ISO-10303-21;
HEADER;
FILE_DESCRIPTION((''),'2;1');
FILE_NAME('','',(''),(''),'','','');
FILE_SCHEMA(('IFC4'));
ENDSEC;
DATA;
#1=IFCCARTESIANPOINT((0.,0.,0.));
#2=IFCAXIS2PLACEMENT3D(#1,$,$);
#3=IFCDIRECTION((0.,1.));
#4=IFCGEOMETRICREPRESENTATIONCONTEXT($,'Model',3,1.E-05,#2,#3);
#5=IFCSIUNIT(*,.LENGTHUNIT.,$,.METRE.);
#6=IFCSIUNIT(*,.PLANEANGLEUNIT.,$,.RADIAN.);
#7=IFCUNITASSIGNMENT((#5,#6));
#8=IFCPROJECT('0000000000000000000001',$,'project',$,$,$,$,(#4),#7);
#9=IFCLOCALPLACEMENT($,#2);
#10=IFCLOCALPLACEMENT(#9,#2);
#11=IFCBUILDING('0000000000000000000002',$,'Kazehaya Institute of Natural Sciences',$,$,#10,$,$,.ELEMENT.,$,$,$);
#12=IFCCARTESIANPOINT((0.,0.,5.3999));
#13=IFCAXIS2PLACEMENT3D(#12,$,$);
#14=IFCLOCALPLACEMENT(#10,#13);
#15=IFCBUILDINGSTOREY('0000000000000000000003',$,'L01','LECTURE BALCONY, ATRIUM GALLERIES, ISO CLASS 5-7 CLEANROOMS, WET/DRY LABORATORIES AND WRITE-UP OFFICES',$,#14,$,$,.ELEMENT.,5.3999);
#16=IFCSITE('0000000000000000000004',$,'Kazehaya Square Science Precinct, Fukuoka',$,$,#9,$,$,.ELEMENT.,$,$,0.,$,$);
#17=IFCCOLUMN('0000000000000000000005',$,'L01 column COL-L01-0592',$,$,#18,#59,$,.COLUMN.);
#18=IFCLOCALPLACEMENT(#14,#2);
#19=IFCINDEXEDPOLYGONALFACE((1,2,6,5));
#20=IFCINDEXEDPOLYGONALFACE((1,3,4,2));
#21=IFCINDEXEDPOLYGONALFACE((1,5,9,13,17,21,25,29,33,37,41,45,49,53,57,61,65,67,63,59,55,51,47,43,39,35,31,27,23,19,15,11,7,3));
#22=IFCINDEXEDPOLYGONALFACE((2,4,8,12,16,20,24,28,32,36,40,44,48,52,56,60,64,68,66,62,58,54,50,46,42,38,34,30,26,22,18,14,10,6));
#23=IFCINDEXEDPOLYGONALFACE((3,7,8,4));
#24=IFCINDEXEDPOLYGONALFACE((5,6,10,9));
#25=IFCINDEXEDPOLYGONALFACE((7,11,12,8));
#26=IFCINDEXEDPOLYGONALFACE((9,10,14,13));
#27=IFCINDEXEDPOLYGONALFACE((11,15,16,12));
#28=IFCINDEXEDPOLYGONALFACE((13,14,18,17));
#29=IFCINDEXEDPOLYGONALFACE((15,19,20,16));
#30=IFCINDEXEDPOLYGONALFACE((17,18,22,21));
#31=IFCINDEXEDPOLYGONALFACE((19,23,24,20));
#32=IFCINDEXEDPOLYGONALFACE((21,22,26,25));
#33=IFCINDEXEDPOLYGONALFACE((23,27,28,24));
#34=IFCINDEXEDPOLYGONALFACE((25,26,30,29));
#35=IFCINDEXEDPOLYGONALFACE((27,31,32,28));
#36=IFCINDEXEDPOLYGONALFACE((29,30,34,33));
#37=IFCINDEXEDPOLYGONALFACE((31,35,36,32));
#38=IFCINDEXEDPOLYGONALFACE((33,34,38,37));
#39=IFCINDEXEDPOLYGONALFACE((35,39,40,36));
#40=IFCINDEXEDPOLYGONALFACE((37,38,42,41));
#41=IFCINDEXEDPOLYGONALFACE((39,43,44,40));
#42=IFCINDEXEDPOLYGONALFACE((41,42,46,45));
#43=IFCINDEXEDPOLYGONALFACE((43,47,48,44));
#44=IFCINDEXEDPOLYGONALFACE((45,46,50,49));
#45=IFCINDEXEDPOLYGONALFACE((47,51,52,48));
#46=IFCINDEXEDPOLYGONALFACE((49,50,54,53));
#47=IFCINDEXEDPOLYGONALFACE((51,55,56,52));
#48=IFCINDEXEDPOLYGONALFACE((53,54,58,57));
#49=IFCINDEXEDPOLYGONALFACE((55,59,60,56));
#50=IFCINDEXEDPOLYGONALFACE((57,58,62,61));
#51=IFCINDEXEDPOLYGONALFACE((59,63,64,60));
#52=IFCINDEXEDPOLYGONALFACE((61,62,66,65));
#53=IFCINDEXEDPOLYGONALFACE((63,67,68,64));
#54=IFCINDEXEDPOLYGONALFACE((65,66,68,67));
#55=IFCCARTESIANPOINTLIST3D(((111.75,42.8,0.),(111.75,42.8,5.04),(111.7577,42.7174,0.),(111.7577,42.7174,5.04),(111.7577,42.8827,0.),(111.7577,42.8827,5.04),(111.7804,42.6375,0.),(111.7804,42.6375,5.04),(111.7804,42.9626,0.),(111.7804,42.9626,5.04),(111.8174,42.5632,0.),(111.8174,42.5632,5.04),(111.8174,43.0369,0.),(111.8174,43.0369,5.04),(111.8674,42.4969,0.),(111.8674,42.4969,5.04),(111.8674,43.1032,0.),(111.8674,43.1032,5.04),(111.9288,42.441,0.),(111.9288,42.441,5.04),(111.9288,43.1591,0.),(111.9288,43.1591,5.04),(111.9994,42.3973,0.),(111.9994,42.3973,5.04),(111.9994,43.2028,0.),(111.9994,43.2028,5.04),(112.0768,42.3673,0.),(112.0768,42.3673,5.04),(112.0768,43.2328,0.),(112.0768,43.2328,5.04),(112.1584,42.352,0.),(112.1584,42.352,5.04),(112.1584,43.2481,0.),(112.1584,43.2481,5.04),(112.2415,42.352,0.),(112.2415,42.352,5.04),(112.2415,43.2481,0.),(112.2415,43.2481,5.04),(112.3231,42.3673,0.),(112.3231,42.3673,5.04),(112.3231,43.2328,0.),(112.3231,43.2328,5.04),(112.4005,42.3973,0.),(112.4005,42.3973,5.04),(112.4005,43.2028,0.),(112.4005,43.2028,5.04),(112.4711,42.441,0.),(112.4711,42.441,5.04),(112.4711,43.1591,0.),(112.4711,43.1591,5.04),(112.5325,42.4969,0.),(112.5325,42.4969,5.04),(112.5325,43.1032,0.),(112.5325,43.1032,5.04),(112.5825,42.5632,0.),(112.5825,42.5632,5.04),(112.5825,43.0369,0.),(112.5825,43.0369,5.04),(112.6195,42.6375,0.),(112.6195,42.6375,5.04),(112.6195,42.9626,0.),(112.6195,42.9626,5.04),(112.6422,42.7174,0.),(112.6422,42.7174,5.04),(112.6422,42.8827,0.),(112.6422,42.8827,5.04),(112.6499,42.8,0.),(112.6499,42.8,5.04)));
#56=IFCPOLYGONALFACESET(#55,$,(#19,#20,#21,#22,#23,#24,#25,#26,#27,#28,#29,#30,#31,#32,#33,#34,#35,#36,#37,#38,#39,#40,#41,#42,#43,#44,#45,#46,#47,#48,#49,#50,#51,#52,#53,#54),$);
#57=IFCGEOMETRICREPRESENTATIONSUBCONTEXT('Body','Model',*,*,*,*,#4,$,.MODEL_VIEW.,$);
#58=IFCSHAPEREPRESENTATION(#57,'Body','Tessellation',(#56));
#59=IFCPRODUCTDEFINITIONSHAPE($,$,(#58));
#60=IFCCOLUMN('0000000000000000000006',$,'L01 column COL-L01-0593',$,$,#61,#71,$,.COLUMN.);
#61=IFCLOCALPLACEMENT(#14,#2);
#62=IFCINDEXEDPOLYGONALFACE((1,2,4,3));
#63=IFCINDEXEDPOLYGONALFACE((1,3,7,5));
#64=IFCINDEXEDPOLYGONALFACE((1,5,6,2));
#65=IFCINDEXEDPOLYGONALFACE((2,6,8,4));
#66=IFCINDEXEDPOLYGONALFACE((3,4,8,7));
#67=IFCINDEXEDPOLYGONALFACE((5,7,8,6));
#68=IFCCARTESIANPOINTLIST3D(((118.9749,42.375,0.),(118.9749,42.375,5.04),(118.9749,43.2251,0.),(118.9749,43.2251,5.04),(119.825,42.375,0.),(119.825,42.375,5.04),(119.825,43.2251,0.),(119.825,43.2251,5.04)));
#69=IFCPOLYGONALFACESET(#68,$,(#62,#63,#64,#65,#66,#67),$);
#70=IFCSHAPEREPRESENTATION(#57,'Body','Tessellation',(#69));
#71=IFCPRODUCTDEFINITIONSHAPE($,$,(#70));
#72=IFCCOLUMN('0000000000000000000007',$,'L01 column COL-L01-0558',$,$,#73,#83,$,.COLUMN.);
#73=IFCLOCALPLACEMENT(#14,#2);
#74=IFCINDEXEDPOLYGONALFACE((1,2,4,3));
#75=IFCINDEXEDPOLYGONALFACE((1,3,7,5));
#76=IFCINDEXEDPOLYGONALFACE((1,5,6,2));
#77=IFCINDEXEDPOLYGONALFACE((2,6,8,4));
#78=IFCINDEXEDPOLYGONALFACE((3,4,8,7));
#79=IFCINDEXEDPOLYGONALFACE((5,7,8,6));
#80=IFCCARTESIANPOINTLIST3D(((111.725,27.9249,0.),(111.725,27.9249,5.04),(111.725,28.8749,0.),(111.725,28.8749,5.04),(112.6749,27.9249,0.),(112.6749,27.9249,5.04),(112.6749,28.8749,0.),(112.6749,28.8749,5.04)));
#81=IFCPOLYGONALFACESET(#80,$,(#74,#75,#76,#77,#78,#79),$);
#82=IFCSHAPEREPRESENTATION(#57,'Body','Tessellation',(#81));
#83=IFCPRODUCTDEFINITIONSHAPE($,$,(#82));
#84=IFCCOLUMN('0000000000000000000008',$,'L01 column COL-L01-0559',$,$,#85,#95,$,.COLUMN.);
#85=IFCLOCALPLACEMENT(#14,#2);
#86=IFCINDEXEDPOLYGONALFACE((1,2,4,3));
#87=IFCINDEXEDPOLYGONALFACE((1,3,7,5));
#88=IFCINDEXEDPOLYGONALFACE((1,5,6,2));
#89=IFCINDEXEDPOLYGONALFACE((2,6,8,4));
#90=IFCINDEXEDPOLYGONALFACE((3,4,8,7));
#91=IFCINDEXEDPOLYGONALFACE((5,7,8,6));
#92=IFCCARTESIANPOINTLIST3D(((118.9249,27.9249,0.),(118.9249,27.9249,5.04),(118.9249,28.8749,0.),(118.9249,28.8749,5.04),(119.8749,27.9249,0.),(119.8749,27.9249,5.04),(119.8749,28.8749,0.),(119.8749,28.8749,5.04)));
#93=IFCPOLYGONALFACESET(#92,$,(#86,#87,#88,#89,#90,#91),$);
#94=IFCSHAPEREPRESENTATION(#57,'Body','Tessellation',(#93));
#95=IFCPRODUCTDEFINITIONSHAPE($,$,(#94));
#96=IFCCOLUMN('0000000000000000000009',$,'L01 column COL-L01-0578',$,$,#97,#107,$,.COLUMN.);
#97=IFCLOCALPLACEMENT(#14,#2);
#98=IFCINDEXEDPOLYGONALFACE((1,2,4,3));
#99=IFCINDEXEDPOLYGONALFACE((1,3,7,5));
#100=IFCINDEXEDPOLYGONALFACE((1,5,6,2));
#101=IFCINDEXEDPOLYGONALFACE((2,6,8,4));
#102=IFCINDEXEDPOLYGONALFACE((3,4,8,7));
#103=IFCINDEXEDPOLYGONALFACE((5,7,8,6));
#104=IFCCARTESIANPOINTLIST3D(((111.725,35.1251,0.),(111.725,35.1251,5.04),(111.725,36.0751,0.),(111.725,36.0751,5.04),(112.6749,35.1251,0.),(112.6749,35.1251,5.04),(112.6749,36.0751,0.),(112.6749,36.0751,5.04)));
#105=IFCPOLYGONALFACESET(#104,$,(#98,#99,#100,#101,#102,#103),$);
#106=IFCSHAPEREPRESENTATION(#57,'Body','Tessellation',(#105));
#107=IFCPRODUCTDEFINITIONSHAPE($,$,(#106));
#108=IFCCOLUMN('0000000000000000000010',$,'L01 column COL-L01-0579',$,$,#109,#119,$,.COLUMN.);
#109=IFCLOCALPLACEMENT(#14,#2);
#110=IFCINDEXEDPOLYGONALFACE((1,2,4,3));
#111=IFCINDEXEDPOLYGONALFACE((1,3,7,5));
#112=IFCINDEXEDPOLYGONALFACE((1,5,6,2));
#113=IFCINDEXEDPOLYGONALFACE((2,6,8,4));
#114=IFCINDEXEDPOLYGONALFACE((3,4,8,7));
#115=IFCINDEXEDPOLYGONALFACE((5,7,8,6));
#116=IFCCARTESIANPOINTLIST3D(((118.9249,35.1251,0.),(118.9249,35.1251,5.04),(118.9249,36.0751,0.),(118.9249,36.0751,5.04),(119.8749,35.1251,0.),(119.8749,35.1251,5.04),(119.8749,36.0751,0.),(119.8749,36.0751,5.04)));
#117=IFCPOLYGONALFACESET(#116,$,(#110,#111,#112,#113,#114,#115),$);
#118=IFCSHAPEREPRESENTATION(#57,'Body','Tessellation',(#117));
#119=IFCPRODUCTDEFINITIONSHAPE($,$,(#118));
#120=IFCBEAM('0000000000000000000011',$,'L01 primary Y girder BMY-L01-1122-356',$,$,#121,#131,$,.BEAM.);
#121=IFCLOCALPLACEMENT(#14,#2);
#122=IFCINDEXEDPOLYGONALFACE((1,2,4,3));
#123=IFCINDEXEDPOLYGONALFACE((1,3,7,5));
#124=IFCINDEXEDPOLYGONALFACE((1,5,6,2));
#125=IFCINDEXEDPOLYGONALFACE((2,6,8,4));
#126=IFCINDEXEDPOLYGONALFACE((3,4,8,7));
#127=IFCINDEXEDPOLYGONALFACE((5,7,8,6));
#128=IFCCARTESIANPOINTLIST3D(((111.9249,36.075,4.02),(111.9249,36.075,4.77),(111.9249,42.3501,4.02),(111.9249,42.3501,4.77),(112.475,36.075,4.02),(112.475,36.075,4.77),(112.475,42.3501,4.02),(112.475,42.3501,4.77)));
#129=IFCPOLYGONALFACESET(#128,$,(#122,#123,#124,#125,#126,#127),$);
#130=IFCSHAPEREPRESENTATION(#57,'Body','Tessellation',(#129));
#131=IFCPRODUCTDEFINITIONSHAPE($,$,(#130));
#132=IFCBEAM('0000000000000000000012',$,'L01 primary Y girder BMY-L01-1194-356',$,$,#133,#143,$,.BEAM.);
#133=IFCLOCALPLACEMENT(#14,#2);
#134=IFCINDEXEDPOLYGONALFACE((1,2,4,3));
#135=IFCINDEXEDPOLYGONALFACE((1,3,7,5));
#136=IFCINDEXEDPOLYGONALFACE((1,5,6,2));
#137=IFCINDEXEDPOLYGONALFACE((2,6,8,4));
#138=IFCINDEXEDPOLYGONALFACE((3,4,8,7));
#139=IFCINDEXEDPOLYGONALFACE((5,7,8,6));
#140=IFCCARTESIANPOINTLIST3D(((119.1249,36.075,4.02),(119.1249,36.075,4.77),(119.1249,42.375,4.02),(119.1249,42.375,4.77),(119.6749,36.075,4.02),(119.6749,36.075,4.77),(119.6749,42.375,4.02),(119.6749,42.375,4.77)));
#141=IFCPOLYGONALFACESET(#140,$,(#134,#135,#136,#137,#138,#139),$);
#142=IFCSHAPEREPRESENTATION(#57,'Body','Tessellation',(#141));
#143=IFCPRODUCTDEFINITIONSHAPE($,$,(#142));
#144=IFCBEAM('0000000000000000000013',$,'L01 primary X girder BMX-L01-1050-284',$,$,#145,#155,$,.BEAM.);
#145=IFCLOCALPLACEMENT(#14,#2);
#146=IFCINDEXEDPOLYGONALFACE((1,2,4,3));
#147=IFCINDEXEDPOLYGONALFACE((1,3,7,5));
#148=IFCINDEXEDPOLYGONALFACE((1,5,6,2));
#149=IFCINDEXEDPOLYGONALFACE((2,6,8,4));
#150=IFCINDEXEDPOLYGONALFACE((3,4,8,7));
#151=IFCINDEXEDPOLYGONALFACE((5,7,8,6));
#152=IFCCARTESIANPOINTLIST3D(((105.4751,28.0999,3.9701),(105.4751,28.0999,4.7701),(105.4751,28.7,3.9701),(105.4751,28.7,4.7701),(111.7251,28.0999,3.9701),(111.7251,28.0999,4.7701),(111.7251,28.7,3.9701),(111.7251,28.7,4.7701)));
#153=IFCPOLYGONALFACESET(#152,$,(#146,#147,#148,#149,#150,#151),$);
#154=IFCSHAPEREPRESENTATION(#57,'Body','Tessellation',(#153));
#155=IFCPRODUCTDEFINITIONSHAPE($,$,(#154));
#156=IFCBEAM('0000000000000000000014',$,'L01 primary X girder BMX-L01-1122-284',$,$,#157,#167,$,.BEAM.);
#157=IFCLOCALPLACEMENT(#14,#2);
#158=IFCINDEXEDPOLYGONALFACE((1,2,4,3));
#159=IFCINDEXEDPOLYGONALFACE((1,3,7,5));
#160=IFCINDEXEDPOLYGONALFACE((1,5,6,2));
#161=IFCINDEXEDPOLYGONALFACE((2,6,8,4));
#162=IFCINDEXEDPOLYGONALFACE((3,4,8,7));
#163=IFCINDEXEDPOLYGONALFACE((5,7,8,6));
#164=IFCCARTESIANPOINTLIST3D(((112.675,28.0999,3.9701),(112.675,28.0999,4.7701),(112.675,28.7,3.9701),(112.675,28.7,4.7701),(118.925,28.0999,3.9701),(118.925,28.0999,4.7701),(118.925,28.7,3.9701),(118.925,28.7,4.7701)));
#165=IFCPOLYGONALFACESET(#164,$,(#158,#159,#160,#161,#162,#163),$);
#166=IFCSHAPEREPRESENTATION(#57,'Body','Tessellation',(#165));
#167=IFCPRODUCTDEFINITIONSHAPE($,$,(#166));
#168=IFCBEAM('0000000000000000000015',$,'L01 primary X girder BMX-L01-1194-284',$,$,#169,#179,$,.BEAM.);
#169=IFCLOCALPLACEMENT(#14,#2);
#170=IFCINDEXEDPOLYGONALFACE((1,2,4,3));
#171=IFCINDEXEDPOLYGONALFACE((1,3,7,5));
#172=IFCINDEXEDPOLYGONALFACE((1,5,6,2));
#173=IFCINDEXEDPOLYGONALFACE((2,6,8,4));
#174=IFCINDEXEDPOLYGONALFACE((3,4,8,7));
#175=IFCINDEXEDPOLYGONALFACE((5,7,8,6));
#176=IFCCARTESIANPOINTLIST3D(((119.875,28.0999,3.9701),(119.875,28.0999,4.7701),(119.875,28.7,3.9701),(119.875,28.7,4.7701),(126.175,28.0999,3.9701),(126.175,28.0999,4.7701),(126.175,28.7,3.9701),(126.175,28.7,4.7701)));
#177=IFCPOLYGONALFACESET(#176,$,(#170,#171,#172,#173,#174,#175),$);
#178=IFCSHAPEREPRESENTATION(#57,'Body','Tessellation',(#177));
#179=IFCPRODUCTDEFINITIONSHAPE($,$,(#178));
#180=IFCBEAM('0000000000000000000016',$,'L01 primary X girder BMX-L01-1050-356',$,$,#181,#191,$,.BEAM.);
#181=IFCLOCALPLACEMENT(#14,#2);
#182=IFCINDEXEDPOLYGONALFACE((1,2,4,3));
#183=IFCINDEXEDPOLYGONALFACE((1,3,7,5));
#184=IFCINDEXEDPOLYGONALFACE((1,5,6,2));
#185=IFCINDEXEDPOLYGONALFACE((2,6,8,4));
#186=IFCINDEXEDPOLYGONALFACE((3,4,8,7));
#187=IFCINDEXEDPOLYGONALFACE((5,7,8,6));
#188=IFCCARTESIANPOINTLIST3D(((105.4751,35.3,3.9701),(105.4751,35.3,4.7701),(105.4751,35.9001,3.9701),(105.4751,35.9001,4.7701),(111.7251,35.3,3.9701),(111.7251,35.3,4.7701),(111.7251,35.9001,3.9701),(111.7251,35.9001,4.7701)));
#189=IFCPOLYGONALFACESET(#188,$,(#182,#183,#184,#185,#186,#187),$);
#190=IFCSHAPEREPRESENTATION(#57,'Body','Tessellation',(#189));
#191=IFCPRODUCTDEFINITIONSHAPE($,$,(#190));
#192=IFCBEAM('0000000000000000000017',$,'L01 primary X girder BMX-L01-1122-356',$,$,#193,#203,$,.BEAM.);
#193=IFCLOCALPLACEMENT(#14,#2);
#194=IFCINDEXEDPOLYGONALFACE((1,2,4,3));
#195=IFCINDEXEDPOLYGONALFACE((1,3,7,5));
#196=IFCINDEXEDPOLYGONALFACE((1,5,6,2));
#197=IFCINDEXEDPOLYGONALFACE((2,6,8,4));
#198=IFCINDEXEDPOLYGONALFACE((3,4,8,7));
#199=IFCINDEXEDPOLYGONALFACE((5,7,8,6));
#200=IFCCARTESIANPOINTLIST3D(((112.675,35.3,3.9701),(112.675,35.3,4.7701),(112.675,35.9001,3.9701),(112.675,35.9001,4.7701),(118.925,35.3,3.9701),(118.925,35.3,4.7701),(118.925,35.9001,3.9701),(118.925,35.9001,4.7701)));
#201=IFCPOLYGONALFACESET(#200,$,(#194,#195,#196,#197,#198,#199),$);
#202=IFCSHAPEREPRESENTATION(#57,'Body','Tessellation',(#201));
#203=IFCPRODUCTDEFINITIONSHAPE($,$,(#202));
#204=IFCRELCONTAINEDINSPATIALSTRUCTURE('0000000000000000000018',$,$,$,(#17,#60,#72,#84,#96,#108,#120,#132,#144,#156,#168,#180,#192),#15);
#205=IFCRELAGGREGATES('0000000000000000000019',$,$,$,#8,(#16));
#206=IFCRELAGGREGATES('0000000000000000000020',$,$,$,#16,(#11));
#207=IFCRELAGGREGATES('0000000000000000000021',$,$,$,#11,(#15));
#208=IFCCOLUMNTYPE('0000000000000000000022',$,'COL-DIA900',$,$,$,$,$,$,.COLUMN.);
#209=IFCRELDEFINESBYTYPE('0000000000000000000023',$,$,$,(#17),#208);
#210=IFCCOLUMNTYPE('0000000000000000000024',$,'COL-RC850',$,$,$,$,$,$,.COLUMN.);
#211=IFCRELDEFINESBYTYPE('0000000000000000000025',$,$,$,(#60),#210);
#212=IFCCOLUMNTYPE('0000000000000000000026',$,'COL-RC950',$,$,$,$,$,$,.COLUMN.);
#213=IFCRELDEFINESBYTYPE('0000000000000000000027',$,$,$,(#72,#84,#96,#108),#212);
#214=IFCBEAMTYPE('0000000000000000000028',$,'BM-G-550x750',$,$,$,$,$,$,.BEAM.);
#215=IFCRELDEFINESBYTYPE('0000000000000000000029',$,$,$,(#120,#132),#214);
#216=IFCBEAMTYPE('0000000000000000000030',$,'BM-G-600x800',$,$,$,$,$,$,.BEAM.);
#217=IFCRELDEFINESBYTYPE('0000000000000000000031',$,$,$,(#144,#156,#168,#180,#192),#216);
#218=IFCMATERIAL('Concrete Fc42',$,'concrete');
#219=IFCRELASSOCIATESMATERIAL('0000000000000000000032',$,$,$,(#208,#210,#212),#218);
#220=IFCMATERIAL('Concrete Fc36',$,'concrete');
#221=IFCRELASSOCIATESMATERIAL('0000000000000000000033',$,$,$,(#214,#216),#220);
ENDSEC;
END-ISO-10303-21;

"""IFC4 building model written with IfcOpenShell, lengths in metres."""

from ifc_helpers import new_model, si_unit, direction, frame, origin, origin_2d, place, context, subcontext, project, spatial, rectangle, circle, extrude, material, material_profile, profile_set, type_object, element, save


model = new_model("IFC4")

# Units and contexts
model_context = context("Model", 3, precision=1e-05, world=origin(), true_north=direction((0.0, 1.0)))
body_context = subcontext(model_context, "Body", "Model", "MODEL_VIEW")
ifc_project = project(units=[si_unit("LENGTHUNIT", "METRE"), si_unit("PLANEANGLEUNIT", "RADIAN")], contexts=[model_context])

# Site, building, storey
site_placement = place(None, origin())
site = spatial("IfcSite", under=ifc_project, at=site_placement, Name="Kazehaya Square Science Precinct, Fukuoka", CompositionType="ELEMENT", RefElevation=0.0)
building_placement = place(site_placement, origin())
building = spatial("IfcBuilding", under=site, at=building_placement, Name="Kazehaya Institute of Natural Sciences", CompositionType="ELEMENT")
storey_placement = place(building_placement, frame((0.0, 0.0, 5.3999)))
storey = spatial("IfcBuildingStorey", under=building, at=storey_placement, Name="L01", Description="LECTURE BALCONY, ATRIUM GALLERIES, ISO CLASS 5-7 CLEANROOMS, WET/DRY LABORATORIES AND WRITE-UP OFFICES", CompositionType="ELEMENT", Elevation=5.3999)

# Columns
ifc_material_1 = material(Name="Concrete Fc42", Category="concrete")
ifc_material_profile_1 = material_profile(ifc_material_1, circle(Radius=0.45, at=origin_2d()), Name="RC-DIA900")
ifc_profile_set_1 = profile_set([ifc_material_profile_1], Name="Concrete Fc42")
column_type_1 = type_object("IfcColumnType", Name="COL-DIA900", PredefinedType="COLUMN", material=ifc_profile_set_1)
column_1_placement = place(storey_placement, frame((112.2, 42.8, 0.0), z_axis=(0.0, 0.0, 1.0), x_axis=(1.0, 0.0, 0.0)))
element("IfcColumn", 1, at=column_1_placement, inside=storey, type_object=column_type_1, Name="L01 column COL-L01-0592", PredefinedType="COLUMN", context=body_context, shape_type="SweptSolid", body=[
    extrude(circle(Radius=0.45, at=origin_2d()), origin(), (0.0, 0.0, 1.0), 5.04),
])
ifc_material_profile_2 = material_profile(ifc_material_1, rectangle(XDim=0.8501, YDim=0.8501, at=origin_2d()), Name="RC-850x850")
ifc_profile_set_2 = profile_set([ifc_material_profile_2], Name="Concrete Fc42")
column_type_2 = type_object("IfcColumnType", Name="COL-RC850", PredefinedType="COLUMN", material=ifc_profile_set_2)
column_2_placement = place(storey_placement, frame((119.3999, 42.8, 0.0), z_axis=(0.0, 0.0, 1.0), x_axis=(1.0, 0.0, 0.0)))
element("IfcColumn", 2, at=column_2_placement, inside=storey, type_object=column_type_2, Name="L01 column COL-L01-0593", PredefinedType="COLUMN", context=body_context, shape_type="SweptSolid", body=[
    extrude(rectangle(XDim=0.8501, YDim=0.8501, at=origin_2d()), origin(), (0.0, 0.0, 1.0), 5.04),
])
ifc_material_profile_3 = material_profile(ifc_material_1, rectangle(XDim=0.95, YDim=0.95, at=origin_2d()), Name="RC-950x950")
ifc_profile_set_3 = profile_set([ifc_material_profile_3], Name="Concrete Fc42")
column_type_3 = type_object("IfcColumnType", Name="COL-RC950", PredefinedType="COLUMN", material=ifc_profile_set_3)
for number, where, z_axis, x_axis, name in (
    (3, (112.2, 28.3999, 0.0), (0.0, 0.0, 1.0), (1.0, 0.0, 0.0), "L01 column COL-L01-0558"),
    (4, (119.3999, 28.3999, 0.0), (0.0, 0.0, 1.0), (1.0, 0.0, 0.0), "L01 column COL-L01-0559"),
    (5, (112.2, 35.6001, 0.0), (0.0, 0.0, 1.0), (1.0, 0.0, 0.0), "L01 column COL-L01-0578"),
    (6, (119.3999, 35.6001, 0.0), (0.0, 0.0, 1.0), (1.0, 0.0, 0.0), "L01 column COL-L01-0579"),
):
    element("IfcColumn", number, at=place(storey_placement, frame(where, z_axis=z_axis, x_axis=x_axis)), inside=storey, type_object=column_type_3, Name=name, PredefinedType="COLUMN", context=body_context, shape_type="SweptSolid", body=[
        extrude(rectangle(XDim=0.95, YDim=0.95, at=origin_2d()), origin(), (0.0, 0.0, 1.0), 5.04),
    ])

# Beams
ifc_material_2 = material(Name="Concrete Fc36", Category="concrete")
ifc_material_profile_4 = material_profile(ifc_material_2, rectangle(XDim=0.55, YDim=0.75, at=origin_2d()), Name="RC-550x750")
ifc_profile_set_4 = profile_set([ifc_material_profile_4], Name="Concrete Fc36")
beam_type_1 = type_object("IfcBeamType", Name="BM-G-550x750", PredefinedType="BEAM", material=ifc_profile_set_4)
beam_1_placement = place(storey_placement, frame((112.2, 36.075, 4.395), z_axis=(0.0, 1.0, 0.0), x_axis=(-1.0, 0.0, 0.0)))
element("IfcBeam", 7, at=beam_1_placement, inside=storey, type_object=beam_type_1, Name="L01 primary Y girder BMY-L01-1122-356", PredefinedType="BEAM", context=body_context, shape_type="SweptSolid", body=[
    extrude(rectangle(XDim=0.55, YDim=0.75, at=origin_2d()), origin(), (0.0, 0.0, 1.0), 6.2751),
])
beam_2_placement = place(storey_placement, frame((119.3999, 36.075, 4.395), z_axis=(0.0, 1.0, 0.0), x_axis=(-1.0, 0.0, 0.0)))
element("IfcBeam", 8, at=beam_2_placement, inside=storey, type_object=beam_type_1, Name="L01 primary Y girder BMY-L01-1194-356", PredefinedType="BEAM", context=body_context, shape_type="SweptSolid", body=[
    extrude(rectangle(XDim=0.55, YDim=0.75, at=origin_2d()), origin(), (0.0, 0.0, 1.0), 6.3),
])
ifc_material_profile_5 = material_profile(ifc_material_2, rectangle(XDim=0.6001, YDim=0.8, at=origin_2d()), Name="RC-600x800")
ifc_profile_set_5 = profile_set([ifc_material_profile_5], Name="Concrete Fc36")
beam_type_2 = type_object("IfcBeamType", Name="BM-G-600x800", PredefinedType="BEAM", material=ifc_profile_set_5)
for number, where, z_axis, x_axis, name in (
    (9, (105.4751, 28.3999, 4.3701), (1.0, 0.0, 0.0), (0.0, 1.0, 0.0), "L01 primary X girder BMX-L01-1050-284"),
    (10, (112.675, 28.3999, 4.3701), (1.0, 0.0, 0.0), (0.0, 1.0, 0.0), "L01 primary X girder BMX-L01-1122-284"),
):
    element("IfcBeam", number, at=place(storey_placement, frame(where, z_axis=z_axis, x_axis=x_axis)), inside=storey, type_object=beam_type_2, Name=name, PredefinedType="BEAM", context=body_context, shape_type="SweptSolid", body=[
        extrude(rectangle(XDim=0.6001, YDim=0.8, at=origin_2d()), origin(), (0.0, 0.0, 1.0), 6.25),
    ])
beam_3_placement = place(storey_placement, frame((119.875, 28.3999, 4.3701), z_axis=(1.0, 0.0, 0.0), x_axis=(0.0, 1.0, 0.0)))
element("IfcBeam", 11, at=beam_3_placement, inside=storey, type_object=beam_type_2, Name="L01 primary X girder BMX-L01-1194-284", PredefinedType="BEAM", context=body_context, shape_type="SweptSolid", body=[
    extrude(rectangle(XDim=0.6001, YDim=0.8, at=origin_2d()), origin(), (0.0, 0.0, 1.0), 6.3),
])
for number, where, z_axis, x_axis, name in (
    (12, (105.4751, 35.6001, 4.3701), (1.0, 0.0, 0.0), (0.0, 1.0, 0.0), "L01 primary X girder BMX-L01-1050-356"),
    (13, (112.675, 35.6001, 4.3701), (1.0, 0.0, 0.0), (0.0, 1.0, 0.0), "L01 primary X girder BMX-L01-1122-356"),
):
    element("IfcBeam", number, at=place(storey_placement, frame(where, z_axis=z_axis, x_axis=x_axis)), inside=storey, type_object=beam_type_2, Name=name, PredefinedType="BEAM", context=body_context, shape_type="SweptSolid", body=[
        extrude(rectangle(XDim=0.6001, YDim=0.8, at=origin_2d()), origin(), (0.0, 0.0, 1.0), 6.25),
    ])

save(model, "model.ifc")
